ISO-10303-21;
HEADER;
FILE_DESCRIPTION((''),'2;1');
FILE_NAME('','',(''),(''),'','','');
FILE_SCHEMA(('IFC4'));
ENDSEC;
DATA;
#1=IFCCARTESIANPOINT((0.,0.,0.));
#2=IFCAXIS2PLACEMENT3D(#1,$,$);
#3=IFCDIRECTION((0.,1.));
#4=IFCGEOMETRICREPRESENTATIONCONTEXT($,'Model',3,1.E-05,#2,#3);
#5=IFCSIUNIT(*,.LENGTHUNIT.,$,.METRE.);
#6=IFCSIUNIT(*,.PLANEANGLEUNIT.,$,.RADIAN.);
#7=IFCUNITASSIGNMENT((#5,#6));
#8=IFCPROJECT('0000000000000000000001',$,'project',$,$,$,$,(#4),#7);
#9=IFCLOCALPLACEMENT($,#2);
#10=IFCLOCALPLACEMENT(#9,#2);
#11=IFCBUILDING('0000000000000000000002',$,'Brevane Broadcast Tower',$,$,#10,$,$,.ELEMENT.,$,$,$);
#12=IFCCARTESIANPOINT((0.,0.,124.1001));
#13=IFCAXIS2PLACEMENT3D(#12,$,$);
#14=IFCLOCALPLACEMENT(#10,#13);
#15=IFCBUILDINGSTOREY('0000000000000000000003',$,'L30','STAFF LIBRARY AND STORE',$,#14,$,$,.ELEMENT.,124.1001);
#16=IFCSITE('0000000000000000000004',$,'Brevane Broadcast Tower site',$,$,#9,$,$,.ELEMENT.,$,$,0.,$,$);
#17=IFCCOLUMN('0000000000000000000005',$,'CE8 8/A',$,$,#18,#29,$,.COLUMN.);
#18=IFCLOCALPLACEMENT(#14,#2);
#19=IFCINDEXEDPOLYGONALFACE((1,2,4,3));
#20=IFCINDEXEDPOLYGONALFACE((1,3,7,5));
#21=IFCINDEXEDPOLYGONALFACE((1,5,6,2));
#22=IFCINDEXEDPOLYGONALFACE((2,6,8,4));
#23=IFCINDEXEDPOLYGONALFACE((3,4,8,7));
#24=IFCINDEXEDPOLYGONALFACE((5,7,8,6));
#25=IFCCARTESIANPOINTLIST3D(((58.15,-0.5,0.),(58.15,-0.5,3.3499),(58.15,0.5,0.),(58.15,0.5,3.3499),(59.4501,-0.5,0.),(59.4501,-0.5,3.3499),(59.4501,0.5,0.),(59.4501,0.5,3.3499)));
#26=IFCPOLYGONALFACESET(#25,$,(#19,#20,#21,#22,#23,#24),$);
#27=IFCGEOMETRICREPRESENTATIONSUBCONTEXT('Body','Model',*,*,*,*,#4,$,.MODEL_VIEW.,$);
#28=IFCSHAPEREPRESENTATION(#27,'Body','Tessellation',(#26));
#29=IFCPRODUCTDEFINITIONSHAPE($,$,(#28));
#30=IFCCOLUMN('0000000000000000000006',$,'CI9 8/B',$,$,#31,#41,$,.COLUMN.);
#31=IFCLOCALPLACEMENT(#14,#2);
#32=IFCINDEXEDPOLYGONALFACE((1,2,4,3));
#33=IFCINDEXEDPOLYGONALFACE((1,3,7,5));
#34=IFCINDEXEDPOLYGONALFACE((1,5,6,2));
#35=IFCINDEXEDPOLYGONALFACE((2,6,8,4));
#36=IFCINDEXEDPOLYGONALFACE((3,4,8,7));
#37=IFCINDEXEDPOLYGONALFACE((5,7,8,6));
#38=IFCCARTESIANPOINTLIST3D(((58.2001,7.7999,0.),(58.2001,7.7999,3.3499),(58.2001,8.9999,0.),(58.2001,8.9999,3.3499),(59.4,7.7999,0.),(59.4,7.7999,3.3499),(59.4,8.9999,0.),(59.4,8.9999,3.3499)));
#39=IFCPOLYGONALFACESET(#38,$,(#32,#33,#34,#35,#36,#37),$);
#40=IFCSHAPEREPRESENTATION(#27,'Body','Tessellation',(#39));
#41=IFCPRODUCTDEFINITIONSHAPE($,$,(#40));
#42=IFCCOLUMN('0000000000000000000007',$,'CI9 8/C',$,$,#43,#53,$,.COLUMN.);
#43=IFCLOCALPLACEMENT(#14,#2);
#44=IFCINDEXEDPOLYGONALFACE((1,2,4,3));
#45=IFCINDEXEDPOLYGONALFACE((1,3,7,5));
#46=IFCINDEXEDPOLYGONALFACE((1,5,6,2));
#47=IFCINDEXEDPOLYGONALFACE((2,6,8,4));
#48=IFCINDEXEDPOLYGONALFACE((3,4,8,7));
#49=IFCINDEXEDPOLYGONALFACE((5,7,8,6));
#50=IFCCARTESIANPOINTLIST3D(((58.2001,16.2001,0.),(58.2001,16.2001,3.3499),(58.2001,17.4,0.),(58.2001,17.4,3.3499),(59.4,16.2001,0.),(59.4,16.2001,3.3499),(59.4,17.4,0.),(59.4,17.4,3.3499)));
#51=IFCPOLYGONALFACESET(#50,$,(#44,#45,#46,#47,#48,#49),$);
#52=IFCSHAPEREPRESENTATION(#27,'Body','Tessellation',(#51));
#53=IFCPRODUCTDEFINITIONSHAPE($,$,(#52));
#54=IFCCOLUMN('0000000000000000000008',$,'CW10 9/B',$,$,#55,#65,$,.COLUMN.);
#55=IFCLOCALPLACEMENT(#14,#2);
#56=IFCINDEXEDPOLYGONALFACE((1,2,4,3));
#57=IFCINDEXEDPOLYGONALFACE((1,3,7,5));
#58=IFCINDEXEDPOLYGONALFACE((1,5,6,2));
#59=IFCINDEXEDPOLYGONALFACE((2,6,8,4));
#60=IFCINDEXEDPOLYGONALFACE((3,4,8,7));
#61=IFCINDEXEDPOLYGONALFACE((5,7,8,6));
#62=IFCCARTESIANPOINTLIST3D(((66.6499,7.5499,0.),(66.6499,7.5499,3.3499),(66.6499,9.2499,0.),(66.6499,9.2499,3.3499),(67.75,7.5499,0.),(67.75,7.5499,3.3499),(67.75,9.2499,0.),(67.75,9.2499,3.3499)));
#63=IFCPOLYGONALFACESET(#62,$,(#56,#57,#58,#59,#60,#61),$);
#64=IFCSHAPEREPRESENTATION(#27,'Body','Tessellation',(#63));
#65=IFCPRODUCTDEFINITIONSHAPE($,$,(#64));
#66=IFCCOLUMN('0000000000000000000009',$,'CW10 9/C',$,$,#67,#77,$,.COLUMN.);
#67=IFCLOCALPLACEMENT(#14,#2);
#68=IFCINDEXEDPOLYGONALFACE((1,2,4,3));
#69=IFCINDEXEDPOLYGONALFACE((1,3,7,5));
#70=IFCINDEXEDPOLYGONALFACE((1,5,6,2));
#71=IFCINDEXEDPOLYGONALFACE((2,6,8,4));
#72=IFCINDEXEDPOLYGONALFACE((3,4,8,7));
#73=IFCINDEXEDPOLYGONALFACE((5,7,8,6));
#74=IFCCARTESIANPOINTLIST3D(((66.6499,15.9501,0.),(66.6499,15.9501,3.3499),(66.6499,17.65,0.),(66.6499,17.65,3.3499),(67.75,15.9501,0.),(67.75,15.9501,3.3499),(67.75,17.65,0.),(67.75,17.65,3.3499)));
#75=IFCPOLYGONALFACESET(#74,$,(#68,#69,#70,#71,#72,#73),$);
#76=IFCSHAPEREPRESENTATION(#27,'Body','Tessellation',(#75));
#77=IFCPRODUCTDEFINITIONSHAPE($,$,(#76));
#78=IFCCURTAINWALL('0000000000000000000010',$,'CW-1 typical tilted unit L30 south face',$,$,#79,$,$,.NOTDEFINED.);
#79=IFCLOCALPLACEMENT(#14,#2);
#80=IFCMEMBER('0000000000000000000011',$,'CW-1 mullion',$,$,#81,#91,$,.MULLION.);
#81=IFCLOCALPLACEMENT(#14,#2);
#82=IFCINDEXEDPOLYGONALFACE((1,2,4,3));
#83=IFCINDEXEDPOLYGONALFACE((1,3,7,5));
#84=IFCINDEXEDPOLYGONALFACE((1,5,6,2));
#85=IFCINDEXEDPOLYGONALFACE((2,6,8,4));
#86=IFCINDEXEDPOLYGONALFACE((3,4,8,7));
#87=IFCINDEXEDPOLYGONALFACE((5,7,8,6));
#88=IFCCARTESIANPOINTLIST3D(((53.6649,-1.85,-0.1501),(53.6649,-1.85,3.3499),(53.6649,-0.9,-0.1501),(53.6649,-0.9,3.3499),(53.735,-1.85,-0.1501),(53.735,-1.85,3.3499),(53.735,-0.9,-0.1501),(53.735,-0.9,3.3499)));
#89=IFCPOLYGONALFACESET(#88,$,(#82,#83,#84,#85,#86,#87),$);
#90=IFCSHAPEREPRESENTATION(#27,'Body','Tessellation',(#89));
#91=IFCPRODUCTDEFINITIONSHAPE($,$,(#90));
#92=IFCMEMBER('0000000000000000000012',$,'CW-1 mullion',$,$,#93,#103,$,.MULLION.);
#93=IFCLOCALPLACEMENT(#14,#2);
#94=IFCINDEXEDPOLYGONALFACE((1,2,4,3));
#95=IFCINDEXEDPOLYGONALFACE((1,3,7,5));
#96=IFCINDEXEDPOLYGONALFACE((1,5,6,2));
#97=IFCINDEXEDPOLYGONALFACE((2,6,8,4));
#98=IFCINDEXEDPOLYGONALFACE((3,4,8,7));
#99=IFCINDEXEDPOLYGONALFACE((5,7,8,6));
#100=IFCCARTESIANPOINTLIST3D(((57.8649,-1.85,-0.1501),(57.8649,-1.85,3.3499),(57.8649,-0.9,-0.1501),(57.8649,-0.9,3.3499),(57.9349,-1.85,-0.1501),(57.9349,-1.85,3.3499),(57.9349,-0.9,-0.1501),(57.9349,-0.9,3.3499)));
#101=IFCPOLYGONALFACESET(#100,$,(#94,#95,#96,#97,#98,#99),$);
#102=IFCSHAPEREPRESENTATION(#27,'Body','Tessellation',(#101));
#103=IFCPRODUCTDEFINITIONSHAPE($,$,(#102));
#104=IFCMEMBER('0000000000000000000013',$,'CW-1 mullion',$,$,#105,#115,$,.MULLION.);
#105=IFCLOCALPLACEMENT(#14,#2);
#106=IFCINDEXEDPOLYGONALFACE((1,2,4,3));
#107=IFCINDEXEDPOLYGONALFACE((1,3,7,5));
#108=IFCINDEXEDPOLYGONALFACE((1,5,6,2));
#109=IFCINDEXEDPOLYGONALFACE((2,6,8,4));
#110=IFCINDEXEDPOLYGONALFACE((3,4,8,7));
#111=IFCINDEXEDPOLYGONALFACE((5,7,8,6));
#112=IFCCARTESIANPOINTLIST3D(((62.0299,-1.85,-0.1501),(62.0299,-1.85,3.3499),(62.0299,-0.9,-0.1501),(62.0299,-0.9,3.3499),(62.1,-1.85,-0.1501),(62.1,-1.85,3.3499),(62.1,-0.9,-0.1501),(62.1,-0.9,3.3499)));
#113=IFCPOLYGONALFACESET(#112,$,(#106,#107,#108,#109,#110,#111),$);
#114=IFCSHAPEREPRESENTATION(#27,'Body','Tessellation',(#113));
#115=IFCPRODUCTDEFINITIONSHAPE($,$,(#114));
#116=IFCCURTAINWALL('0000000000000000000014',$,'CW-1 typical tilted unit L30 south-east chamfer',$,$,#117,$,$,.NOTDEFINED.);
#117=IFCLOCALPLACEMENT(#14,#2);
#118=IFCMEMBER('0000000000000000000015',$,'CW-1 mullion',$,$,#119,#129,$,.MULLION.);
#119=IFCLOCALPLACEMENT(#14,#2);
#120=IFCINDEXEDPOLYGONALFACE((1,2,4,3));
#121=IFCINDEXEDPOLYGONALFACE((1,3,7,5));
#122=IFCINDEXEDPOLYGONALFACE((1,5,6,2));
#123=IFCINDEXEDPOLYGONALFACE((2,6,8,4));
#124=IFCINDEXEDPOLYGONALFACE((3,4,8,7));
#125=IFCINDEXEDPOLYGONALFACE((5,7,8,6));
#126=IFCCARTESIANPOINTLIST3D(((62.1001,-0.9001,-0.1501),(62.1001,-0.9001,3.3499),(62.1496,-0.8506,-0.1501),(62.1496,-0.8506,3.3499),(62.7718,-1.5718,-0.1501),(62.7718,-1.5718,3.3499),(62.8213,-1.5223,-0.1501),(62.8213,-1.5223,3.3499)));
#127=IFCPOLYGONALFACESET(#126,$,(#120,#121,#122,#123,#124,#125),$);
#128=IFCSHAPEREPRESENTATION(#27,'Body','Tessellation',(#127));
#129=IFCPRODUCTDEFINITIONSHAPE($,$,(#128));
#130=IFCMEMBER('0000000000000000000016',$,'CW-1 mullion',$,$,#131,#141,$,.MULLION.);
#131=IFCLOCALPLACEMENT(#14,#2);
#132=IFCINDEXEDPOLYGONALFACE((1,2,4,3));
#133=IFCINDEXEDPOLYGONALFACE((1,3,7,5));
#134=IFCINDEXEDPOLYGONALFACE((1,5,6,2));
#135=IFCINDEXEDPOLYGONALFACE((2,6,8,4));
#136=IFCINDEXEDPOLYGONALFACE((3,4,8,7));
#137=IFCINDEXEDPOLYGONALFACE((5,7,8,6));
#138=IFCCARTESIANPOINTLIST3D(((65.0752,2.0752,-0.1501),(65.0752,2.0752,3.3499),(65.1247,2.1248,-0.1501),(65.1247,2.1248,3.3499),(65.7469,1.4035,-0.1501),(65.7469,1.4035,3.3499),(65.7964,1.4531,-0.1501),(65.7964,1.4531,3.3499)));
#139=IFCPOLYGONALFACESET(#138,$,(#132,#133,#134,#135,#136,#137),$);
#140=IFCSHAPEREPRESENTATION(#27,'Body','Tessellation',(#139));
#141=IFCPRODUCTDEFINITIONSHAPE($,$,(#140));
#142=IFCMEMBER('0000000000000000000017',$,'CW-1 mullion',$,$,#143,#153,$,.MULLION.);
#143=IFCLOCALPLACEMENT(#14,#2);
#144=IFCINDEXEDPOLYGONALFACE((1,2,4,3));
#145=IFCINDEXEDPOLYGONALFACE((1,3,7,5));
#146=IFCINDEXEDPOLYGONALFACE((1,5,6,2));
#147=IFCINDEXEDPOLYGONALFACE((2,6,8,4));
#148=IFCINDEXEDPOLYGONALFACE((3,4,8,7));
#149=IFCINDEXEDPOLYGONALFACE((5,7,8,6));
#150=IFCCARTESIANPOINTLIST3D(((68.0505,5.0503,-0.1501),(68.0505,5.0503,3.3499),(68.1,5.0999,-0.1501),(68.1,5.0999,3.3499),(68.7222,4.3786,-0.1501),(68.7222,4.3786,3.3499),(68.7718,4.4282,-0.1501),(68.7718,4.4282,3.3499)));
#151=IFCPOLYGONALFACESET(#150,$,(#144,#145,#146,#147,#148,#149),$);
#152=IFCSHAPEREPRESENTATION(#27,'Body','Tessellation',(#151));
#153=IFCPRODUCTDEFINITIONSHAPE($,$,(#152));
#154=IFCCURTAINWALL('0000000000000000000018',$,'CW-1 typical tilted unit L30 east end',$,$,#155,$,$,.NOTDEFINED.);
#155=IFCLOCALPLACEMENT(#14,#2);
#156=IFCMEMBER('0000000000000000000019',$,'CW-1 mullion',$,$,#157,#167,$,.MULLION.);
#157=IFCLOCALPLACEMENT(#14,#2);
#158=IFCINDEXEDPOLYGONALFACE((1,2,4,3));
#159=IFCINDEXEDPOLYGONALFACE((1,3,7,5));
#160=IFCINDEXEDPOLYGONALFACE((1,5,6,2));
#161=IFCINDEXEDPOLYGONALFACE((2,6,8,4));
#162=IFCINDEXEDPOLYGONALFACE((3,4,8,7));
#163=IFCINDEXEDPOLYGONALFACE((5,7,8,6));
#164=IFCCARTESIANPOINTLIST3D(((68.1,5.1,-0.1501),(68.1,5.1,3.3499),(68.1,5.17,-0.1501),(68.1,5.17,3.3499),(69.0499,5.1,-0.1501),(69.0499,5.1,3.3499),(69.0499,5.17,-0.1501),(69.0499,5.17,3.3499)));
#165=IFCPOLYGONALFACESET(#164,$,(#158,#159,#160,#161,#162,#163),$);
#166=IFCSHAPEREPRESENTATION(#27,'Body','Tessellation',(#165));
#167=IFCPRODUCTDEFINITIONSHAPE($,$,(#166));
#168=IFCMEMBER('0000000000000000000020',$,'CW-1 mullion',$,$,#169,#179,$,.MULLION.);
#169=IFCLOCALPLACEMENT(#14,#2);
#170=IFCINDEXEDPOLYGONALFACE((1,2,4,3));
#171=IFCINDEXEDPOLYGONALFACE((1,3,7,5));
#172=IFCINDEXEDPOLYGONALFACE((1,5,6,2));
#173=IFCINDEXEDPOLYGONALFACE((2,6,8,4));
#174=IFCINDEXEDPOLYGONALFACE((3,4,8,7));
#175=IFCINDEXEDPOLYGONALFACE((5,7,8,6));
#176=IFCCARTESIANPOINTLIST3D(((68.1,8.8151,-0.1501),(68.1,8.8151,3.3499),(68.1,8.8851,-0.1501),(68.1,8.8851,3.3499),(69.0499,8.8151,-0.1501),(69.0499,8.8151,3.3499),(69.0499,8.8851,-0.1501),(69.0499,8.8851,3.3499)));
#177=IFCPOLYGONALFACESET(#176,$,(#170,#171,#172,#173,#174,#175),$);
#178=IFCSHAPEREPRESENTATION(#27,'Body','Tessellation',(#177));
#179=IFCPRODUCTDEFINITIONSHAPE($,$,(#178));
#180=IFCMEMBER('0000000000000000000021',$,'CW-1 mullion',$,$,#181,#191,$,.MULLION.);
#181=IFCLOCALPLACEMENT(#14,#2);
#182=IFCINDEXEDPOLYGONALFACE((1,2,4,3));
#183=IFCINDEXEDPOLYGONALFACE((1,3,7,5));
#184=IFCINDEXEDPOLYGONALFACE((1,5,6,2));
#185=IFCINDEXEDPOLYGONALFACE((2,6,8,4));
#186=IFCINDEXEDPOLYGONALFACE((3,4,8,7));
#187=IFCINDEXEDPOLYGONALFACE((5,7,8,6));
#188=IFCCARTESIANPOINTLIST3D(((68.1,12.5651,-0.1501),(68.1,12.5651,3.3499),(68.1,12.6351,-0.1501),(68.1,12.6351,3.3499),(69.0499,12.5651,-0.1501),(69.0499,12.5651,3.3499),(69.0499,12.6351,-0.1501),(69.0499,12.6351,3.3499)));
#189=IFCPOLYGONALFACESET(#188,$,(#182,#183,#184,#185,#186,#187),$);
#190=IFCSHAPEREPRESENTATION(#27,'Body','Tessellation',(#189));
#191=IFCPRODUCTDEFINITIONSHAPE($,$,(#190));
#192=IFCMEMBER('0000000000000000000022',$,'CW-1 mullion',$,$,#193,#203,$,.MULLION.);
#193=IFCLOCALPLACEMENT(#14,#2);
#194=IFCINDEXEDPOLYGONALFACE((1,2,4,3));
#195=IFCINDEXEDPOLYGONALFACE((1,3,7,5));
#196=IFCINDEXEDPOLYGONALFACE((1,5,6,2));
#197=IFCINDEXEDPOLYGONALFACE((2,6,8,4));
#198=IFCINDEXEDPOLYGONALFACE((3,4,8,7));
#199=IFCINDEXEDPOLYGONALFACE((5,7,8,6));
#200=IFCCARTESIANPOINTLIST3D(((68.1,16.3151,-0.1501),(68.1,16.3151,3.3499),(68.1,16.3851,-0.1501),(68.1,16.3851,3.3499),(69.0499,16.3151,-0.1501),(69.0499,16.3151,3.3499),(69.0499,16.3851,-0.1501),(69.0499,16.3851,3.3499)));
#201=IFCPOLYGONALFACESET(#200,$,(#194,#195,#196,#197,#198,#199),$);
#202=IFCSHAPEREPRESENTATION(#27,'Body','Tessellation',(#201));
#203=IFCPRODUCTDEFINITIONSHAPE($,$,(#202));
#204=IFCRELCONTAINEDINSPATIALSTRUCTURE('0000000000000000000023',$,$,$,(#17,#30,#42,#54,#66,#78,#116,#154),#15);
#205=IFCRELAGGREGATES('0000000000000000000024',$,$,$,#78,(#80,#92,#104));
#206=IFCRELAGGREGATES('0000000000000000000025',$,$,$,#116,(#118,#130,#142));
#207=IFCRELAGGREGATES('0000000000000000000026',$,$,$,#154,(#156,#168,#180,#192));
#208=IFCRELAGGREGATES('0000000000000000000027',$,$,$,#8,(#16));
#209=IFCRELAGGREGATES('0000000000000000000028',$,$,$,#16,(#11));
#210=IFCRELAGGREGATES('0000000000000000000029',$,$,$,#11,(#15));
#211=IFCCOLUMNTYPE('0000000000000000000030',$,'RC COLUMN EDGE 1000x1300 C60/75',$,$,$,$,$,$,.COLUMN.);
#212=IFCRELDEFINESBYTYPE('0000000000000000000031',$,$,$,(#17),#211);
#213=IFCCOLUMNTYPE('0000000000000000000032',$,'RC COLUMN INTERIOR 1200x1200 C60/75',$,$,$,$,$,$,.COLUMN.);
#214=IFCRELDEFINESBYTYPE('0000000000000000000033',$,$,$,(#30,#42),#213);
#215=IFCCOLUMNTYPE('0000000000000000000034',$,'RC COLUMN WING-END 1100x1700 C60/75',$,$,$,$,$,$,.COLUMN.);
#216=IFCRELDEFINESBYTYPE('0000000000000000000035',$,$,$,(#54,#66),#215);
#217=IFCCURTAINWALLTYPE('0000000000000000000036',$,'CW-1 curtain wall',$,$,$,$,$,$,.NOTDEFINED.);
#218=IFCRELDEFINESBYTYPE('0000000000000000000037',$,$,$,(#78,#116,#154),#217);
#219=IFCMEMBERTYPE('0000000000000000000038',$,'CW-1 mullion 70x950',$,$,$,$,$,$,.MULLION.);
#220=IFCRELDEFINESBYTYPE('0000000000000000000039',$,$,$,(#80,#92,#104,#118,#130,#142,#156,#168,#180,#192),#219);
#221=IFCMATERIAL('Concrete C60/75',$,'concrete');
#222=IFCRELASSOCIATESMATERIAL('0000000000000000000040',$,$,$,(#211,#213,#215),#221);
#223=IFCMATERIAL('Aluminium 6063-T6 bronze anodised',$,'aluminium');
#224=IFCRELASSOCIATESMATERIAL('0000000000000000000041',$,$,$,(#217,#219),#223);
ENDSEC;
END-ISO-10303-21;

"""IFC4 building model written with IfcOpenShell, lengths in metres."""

from ifc_helpers import new_model, si_unit, direction, frame, origin, origin_2d, place, context, subcontext, project, spatial, rectangle, extrude, material, material_profile, profile_set, type_object, element, aggregate, save


model = new_model("IFC4")

# Units and contexts
model_context = context("Model", 3, precision=1e-05, world=origin(), true_north=direction((0.0, 1.0)))
body_context = subcontext(model_context, "Body", "Model", "MODEL_VIEW")
ifc_project = project(units=[si_unit("LENGTHUNIT", "METRE"), si_unit("PLANEANGLEUNIT", "RADIAN")], contexts=[model_context])

# Site, building, storey
site_placement = place(None, origin())
site = spatial("IfcSite", under=ifc_project, at=site_placement, Name="Brevane Broadcast Tower site", CompositionType="ELEMENT", RefElevation=0.0)
building_placement = place(site_placement, origin())
building = spatial("IfcBuilding", under=site, at=building_placement, Name="Brevane Broadcast Tower", CompositionType="ELEMENT")
storey_placement = place(building_placement, frame((0.0, 0.0, 124.1001)))
storey = spatial("IfcBuildingStorey", under=building, at=storey_placement, Name="L30", Description="STAFF LIBRARY AND STORE", CompositionType="ELEMENT", Elevation=124.1001)

# Columns
ifc_material_1 = material(Name="Concrete C60/75", Category="concrete")
ifc_material_profile_1 = material_profile(ifc_material_1, rectangle(XDim=1.0, YDim=1.3, at=origin_2d()), Name="RC 1000x1300")
ifc_profile_set_1 = profile_set([ifc_material_profile_1], Name="Concrete C60/75")
column_type_1 = type_object("IfcColumnType", Name="RC COLUMN EDGE 1000x1300 C60/75", PredefinedType="COLUMN", material=ifc_profile_set_1)
column_placement = place(storey_placement, frame((58.8, 0.0, 0.0), z_axis=(0.0, 0.0, 1.0), x_axis=(0.0, 1.0, 0.0)))
element("IfcColumn", 1, at=column_placement, inside=storey, type_object=column_type_1, Name="CE8 8/A", PredefinedType="COLUMN", context=body_context, shape_type="SweptSolid", body=[
    extrude(rectangle(XDim=1.0, YDim=1.3, at=origin_2d()), origin(), (0.0, 0.0, 1.0), 3.3499),
])
ifc_material_profile_2 = material_profile(ifc_material_1, rectangle(XDim=1.2, YDim=1.2, at=origin_2d()), Name="RC 1200x1200")
ifc_profile_set_2 = profile_set([ifc_material_profile_2], Name="Concrete C60/75")
column_type_2 = type_object("IfcColumnType", Name="RC COLUMN INTERIOR 1200x1200 C60/75", PredefinedType="COLUMN", material=ifc_profile_set_2)
for number, where, z_axis, x_axis, name in (
    (2, (58.8, 8.3999, 0.0), (0.0, 0.0, 1.0), (1.0, 0.0, 0.0), "CI9 8/B"),
    (3, (58.8, 16.8, 0.0), (0.0, 0.0, 1.0), (1.0, 0.0, 0.0), "CI9 8/C"),
):
    element("IfcColumn", number, at=place(storey_placement, frame(where, z_axis=z_axis, x_axis=x_axis)), inside=storey, type_object=column_type_2, Name=name, PredefinedType="COLUMN", context=body_context, shape_type="SweptSolid", body=[
        extrude(rectangle(XDim=1.2, YDim=1.2, at=origin_2d()), origin(), (0.0, 0.0, 1.0), 3.3499),
    ])
ifc_material_profile_3 = material_profile(ifc_material_1, rectangle(XDim=1.1001, YDim=1.7, at=origin_2d()), Name="RC 1100x1700")
ifc_profile_set_3 = profile_set([ifc_material_profile_3], Name="Concrete C60/75")
column_type_3 = type_object("IfcColumnType", Name="RC COLUMN WING-END 1100x1700 C60/75", PredefinedType="COLUMN", material=ifc_profile_set_3)
for number, where, z_axis, x_axis, name in (
    (4, (67.2, 8.3999, 0.0), (0.0, 0.0, 1.0), (1.0, 0.0, 0.0), "CW10 9/B"),
    (5, (67.2, 16.8, 0.0), (0.0, 0.0, 1.0), (1.0, 0.0, 0.0), "CW10 9/C"),
):
    element("IfcColumn", number, at=place(storey_placement, frame(where, z_axis=z_axis, x_axis=x_axis)), inside=storey, type_object=column_type_3, Name=name, PredefinedType="COLUMN", context=body_context, shape_type="SweptSolid", body=[
        extrude(rectangle(XDim=1.1001, YDim=1.7, at=origin_2d()), origin(), (0.0, 0.0, 1.0), 3.3499),
    ])

# Curtain walls, members
ifc_material_2 = material(Name="Aluminium 6063-T6 bronze anodised", Category="aluminium")
curtain_wall_type = type_object("IfcCurtainWallType", Name="CW-1 curtain wall", PredefinedType="NOTDEFINED", material=ifc_material_2)
curtain_wall_1_placement = place(storey_placement, origin())
curtain_wall_1 = element("IfcCurtainWall", 6, at=curtain_wall_1_placement, inside=storey, type_object=curtain_wall_type, Name="CW-1 typical tilted unit L30 south face", PredefinedType="NOTDEFINED")
ifc_material_profile_4 = material_profile(ifc_material_2, rectangle(XDim=0.95, YDim=0.0701, at=origin_2d()), Name="RECT 70x950")
ifc_profile_set_4 = profile_set([ifc_material_profile_4], Name="Aluminium 6063-T6 bronze anodised")
member_type_1 = type_object("IfcMemberType", Name="CW-1 mullion 70x950", PredefinedType="MULLION", material=ifc_profile_set_4)
member_1_placement = place(storey_placement, frame((53.7, -1.375, -0.1501), z_axis=(0.0, 0.0, 1.0), x_axis=(0.0, 1.0, 0.0)))
member_1 = element("IfcMember", 7, at=member_1_placement, type_object=member_type_1, Name="CW-1 mullion", PredefinedType="MULLION", context=body_context, shape_type="SweptSolid", body=[
    extrude(rectangle(XDim=0.95, YDim=0.0701, at=origin_2d()), origin(), (0.0, 0.0, 1.0), 3.5),
])
member_2_placement = place(storey_placement, frame((57.8999, -1.375, -0.1501), z_axis=(0.0, 0.0, 1.0), x_axis=(0.0, 1.0, 0.0)))
member_2 = element("IfcMember", 8, at=member_2_placement, type_object=member_type_1, Name="CW-1 mullion", PredefinedType="MULLION", context=body_context, shape_type="SweptSolid", body=[
    extrude(rectangle(XDim=0.95, YDim=0.0701, at=origin_2d()), origin(), (0.0, 0.0, 1.0), 3.5),
])
member_3_placement = place(storey_placement, frame((62.0649, -1.375, -0.1501), z_axis=(0.0, 0.0, 1.0), x_axis=(0.0, 1.0, 0.0)))
member_3 = element("IfcMember", 9, at=member_3_placement, type_object=member_type_1, Name="CW-1 mullion", PredefinedType="MULLION", context=body_context, shape_type="SweptSolid", body=[
    extrude(rectangle(XDim=0.95, YDim=0.0701, at=origin_2d()), origin(), (0.0, 0.0, 1.0), 3.5),
])
aggregate(curtain_wall_1, [member_1, member_2, member_3])
curtain_wall_2_placement = place(storey_placement, origin())
curtain_wall_2 = element("IfcCurtainWall", 10, at=curtain_wall_2_placement, inside=storey, type_object=curtain_wall_type, Name="CW-1 typical tilted unit L30 south-east chamfer", PredefinedType="NOTDEFINED")
member_4_placement = place(storey_placement, frame((62.4607, -1.2112, -0.1501), z_axis=(0.0, 0.0, 1.0), x_axis=(-0.707107, 0.707107, 0.0)))
member_4 = element("IfcMember", 11, at=member_4_placement, type_object=member_type_1, Name="CW-1 mullion", PredefinedType="MULLION", context=body_context, shape_type="SweptSolid", body=[
    extrude(rectangle(XDim=0.95, YDim=0.0701, at=origin_2d()), origin(), (0.0, 0.0, 1.0), 3.5),
])
member_5_placement = place(storey_placement, frame((65.4358, 1.7642, -0.1501), z_axis=(0.0, 0.0, 1.0), x_axis=(-0.707107, 0.707107, 0.0)))
member_5 = element("IfcMember", 12, at=member_5_placement, type_object=member_type_1, Name="CW-1 mullion", PredefinedType="MULLION", context=body_context, shape_type="SweptSolid", body=[
    extrude(rectangle(XDim=0.95, YDim=0.0701, at=origin_2d()), origin(), (0.0, 0.0, 1.0), 3.5),
])
member_6_placement = place(storey_placement, frame((68.4111, 4.7393, -0.1501), z_axis=(0.0, 0.0, 1.0), x_axis=(-0.707107, 0.707107, 0.0)))
member_6 = element("IfcMember", 13, at=member_6_placement, type_object=member_type_1, Name="CW-1 mullion", PredefinedType="MULLION", context=body_context, shape_type="SweptSolid", body=[
    extrude(rectangle(XDim=0.95, YDim=0.0701, at=origin_2d()), origin(), (0.0, 0.0, 1.0), 3.5),
])
curtain_wall_3_placement = place(storey_placement, origin())
curtain_wall_3 = element("IfcCurtainWall", 14, at=curtain_wall_3_placement, inside=storey, type_object=curtain_wall_type, Name="CW-1 typical tilted unit L30 east end", PredefinedType="NOTDEFINED")
member_7_placement = place(storey_placement, frame((68.575, 5.135, -0.1501), z_axis=(0.0, 0.0, 1.0), x_axis=(-1.0, 0.0, 0.0)))
member_7 = element("IfcMember", 15, at=member_7_placement, type_object=member_type_1, Name="CW-1 mullion", PredefinedType="MULLION", context=body_context, shape_type="SweptSolid", body=[
    extrude(rectangle(XDim=0.95, YDim=0.0701, at=origin_2d()), origin(), (0.0, 0.0, 1.0), 3.5),
])
member_8_placement = place(storey_placement, frame((68.575, 8.8501, -0.1501), z_axis=(0.0, 0.0, 1.0), x_axis=(-1.0, 0.0, 0.0)))
member_8 = element("IfcMember", 16, at=member_8_placement, type_object=member_type_1, Name="CW-1 mullion", PredefinedType="MULLION", context=body_context, shape_type="SweptSolid", body=[
    extrude(rectangle(XDim=0.95, YDim=0.0701, at=origin_2d()), origin(), (0.0, 0.0, 1.0), 3.5),
])
member_9_placement = place(storey_placement, frame((68.575, 12.6001, -0.1501), z_axis=(0.0, 0.0, 1.0), x_axis=(-1.0, 0.0, 0.0)))
member_9 = element("IfcMember", 17, at=member_9_placement, type_object=member_type_1, Name="CW-1 mullion", PredefinedType="MULLION", context=body_context, shape_type="SweptSolid", body=[
    extrude(rectangle(XDim=0.95, YDim=0.0701, at=origin_2d()), origin(), (0.0, 0.0, 1.0), 3.5),
])
member_10_placement = place(storey_placement, frame((68.575, 16.3501, -0.1501), z_axis=(0.0, 0.0, 1.0), x_axis=(-1.0, 0.0, 0.0)))
member_10 = element("IfcMember", 18, at=member_10_placement, type_object=member_type_1, Name="CW-1 mullion", PredefinedType="MULLION", context=body_context, shape_type="SweptSolid", body=[
    extrude(rectangle(XDim=0.95, YDim=0.0701, at=origin_2d()), origin(), (0.0, 0.0, 1.0), 3.5),
])

aggregate(curtain_wall_2, [member_4, member_5, member_6])
aggregate(curtain_wall_3, [member_7, member_8, member_9, member_10])

save(model, "model.ifc")
